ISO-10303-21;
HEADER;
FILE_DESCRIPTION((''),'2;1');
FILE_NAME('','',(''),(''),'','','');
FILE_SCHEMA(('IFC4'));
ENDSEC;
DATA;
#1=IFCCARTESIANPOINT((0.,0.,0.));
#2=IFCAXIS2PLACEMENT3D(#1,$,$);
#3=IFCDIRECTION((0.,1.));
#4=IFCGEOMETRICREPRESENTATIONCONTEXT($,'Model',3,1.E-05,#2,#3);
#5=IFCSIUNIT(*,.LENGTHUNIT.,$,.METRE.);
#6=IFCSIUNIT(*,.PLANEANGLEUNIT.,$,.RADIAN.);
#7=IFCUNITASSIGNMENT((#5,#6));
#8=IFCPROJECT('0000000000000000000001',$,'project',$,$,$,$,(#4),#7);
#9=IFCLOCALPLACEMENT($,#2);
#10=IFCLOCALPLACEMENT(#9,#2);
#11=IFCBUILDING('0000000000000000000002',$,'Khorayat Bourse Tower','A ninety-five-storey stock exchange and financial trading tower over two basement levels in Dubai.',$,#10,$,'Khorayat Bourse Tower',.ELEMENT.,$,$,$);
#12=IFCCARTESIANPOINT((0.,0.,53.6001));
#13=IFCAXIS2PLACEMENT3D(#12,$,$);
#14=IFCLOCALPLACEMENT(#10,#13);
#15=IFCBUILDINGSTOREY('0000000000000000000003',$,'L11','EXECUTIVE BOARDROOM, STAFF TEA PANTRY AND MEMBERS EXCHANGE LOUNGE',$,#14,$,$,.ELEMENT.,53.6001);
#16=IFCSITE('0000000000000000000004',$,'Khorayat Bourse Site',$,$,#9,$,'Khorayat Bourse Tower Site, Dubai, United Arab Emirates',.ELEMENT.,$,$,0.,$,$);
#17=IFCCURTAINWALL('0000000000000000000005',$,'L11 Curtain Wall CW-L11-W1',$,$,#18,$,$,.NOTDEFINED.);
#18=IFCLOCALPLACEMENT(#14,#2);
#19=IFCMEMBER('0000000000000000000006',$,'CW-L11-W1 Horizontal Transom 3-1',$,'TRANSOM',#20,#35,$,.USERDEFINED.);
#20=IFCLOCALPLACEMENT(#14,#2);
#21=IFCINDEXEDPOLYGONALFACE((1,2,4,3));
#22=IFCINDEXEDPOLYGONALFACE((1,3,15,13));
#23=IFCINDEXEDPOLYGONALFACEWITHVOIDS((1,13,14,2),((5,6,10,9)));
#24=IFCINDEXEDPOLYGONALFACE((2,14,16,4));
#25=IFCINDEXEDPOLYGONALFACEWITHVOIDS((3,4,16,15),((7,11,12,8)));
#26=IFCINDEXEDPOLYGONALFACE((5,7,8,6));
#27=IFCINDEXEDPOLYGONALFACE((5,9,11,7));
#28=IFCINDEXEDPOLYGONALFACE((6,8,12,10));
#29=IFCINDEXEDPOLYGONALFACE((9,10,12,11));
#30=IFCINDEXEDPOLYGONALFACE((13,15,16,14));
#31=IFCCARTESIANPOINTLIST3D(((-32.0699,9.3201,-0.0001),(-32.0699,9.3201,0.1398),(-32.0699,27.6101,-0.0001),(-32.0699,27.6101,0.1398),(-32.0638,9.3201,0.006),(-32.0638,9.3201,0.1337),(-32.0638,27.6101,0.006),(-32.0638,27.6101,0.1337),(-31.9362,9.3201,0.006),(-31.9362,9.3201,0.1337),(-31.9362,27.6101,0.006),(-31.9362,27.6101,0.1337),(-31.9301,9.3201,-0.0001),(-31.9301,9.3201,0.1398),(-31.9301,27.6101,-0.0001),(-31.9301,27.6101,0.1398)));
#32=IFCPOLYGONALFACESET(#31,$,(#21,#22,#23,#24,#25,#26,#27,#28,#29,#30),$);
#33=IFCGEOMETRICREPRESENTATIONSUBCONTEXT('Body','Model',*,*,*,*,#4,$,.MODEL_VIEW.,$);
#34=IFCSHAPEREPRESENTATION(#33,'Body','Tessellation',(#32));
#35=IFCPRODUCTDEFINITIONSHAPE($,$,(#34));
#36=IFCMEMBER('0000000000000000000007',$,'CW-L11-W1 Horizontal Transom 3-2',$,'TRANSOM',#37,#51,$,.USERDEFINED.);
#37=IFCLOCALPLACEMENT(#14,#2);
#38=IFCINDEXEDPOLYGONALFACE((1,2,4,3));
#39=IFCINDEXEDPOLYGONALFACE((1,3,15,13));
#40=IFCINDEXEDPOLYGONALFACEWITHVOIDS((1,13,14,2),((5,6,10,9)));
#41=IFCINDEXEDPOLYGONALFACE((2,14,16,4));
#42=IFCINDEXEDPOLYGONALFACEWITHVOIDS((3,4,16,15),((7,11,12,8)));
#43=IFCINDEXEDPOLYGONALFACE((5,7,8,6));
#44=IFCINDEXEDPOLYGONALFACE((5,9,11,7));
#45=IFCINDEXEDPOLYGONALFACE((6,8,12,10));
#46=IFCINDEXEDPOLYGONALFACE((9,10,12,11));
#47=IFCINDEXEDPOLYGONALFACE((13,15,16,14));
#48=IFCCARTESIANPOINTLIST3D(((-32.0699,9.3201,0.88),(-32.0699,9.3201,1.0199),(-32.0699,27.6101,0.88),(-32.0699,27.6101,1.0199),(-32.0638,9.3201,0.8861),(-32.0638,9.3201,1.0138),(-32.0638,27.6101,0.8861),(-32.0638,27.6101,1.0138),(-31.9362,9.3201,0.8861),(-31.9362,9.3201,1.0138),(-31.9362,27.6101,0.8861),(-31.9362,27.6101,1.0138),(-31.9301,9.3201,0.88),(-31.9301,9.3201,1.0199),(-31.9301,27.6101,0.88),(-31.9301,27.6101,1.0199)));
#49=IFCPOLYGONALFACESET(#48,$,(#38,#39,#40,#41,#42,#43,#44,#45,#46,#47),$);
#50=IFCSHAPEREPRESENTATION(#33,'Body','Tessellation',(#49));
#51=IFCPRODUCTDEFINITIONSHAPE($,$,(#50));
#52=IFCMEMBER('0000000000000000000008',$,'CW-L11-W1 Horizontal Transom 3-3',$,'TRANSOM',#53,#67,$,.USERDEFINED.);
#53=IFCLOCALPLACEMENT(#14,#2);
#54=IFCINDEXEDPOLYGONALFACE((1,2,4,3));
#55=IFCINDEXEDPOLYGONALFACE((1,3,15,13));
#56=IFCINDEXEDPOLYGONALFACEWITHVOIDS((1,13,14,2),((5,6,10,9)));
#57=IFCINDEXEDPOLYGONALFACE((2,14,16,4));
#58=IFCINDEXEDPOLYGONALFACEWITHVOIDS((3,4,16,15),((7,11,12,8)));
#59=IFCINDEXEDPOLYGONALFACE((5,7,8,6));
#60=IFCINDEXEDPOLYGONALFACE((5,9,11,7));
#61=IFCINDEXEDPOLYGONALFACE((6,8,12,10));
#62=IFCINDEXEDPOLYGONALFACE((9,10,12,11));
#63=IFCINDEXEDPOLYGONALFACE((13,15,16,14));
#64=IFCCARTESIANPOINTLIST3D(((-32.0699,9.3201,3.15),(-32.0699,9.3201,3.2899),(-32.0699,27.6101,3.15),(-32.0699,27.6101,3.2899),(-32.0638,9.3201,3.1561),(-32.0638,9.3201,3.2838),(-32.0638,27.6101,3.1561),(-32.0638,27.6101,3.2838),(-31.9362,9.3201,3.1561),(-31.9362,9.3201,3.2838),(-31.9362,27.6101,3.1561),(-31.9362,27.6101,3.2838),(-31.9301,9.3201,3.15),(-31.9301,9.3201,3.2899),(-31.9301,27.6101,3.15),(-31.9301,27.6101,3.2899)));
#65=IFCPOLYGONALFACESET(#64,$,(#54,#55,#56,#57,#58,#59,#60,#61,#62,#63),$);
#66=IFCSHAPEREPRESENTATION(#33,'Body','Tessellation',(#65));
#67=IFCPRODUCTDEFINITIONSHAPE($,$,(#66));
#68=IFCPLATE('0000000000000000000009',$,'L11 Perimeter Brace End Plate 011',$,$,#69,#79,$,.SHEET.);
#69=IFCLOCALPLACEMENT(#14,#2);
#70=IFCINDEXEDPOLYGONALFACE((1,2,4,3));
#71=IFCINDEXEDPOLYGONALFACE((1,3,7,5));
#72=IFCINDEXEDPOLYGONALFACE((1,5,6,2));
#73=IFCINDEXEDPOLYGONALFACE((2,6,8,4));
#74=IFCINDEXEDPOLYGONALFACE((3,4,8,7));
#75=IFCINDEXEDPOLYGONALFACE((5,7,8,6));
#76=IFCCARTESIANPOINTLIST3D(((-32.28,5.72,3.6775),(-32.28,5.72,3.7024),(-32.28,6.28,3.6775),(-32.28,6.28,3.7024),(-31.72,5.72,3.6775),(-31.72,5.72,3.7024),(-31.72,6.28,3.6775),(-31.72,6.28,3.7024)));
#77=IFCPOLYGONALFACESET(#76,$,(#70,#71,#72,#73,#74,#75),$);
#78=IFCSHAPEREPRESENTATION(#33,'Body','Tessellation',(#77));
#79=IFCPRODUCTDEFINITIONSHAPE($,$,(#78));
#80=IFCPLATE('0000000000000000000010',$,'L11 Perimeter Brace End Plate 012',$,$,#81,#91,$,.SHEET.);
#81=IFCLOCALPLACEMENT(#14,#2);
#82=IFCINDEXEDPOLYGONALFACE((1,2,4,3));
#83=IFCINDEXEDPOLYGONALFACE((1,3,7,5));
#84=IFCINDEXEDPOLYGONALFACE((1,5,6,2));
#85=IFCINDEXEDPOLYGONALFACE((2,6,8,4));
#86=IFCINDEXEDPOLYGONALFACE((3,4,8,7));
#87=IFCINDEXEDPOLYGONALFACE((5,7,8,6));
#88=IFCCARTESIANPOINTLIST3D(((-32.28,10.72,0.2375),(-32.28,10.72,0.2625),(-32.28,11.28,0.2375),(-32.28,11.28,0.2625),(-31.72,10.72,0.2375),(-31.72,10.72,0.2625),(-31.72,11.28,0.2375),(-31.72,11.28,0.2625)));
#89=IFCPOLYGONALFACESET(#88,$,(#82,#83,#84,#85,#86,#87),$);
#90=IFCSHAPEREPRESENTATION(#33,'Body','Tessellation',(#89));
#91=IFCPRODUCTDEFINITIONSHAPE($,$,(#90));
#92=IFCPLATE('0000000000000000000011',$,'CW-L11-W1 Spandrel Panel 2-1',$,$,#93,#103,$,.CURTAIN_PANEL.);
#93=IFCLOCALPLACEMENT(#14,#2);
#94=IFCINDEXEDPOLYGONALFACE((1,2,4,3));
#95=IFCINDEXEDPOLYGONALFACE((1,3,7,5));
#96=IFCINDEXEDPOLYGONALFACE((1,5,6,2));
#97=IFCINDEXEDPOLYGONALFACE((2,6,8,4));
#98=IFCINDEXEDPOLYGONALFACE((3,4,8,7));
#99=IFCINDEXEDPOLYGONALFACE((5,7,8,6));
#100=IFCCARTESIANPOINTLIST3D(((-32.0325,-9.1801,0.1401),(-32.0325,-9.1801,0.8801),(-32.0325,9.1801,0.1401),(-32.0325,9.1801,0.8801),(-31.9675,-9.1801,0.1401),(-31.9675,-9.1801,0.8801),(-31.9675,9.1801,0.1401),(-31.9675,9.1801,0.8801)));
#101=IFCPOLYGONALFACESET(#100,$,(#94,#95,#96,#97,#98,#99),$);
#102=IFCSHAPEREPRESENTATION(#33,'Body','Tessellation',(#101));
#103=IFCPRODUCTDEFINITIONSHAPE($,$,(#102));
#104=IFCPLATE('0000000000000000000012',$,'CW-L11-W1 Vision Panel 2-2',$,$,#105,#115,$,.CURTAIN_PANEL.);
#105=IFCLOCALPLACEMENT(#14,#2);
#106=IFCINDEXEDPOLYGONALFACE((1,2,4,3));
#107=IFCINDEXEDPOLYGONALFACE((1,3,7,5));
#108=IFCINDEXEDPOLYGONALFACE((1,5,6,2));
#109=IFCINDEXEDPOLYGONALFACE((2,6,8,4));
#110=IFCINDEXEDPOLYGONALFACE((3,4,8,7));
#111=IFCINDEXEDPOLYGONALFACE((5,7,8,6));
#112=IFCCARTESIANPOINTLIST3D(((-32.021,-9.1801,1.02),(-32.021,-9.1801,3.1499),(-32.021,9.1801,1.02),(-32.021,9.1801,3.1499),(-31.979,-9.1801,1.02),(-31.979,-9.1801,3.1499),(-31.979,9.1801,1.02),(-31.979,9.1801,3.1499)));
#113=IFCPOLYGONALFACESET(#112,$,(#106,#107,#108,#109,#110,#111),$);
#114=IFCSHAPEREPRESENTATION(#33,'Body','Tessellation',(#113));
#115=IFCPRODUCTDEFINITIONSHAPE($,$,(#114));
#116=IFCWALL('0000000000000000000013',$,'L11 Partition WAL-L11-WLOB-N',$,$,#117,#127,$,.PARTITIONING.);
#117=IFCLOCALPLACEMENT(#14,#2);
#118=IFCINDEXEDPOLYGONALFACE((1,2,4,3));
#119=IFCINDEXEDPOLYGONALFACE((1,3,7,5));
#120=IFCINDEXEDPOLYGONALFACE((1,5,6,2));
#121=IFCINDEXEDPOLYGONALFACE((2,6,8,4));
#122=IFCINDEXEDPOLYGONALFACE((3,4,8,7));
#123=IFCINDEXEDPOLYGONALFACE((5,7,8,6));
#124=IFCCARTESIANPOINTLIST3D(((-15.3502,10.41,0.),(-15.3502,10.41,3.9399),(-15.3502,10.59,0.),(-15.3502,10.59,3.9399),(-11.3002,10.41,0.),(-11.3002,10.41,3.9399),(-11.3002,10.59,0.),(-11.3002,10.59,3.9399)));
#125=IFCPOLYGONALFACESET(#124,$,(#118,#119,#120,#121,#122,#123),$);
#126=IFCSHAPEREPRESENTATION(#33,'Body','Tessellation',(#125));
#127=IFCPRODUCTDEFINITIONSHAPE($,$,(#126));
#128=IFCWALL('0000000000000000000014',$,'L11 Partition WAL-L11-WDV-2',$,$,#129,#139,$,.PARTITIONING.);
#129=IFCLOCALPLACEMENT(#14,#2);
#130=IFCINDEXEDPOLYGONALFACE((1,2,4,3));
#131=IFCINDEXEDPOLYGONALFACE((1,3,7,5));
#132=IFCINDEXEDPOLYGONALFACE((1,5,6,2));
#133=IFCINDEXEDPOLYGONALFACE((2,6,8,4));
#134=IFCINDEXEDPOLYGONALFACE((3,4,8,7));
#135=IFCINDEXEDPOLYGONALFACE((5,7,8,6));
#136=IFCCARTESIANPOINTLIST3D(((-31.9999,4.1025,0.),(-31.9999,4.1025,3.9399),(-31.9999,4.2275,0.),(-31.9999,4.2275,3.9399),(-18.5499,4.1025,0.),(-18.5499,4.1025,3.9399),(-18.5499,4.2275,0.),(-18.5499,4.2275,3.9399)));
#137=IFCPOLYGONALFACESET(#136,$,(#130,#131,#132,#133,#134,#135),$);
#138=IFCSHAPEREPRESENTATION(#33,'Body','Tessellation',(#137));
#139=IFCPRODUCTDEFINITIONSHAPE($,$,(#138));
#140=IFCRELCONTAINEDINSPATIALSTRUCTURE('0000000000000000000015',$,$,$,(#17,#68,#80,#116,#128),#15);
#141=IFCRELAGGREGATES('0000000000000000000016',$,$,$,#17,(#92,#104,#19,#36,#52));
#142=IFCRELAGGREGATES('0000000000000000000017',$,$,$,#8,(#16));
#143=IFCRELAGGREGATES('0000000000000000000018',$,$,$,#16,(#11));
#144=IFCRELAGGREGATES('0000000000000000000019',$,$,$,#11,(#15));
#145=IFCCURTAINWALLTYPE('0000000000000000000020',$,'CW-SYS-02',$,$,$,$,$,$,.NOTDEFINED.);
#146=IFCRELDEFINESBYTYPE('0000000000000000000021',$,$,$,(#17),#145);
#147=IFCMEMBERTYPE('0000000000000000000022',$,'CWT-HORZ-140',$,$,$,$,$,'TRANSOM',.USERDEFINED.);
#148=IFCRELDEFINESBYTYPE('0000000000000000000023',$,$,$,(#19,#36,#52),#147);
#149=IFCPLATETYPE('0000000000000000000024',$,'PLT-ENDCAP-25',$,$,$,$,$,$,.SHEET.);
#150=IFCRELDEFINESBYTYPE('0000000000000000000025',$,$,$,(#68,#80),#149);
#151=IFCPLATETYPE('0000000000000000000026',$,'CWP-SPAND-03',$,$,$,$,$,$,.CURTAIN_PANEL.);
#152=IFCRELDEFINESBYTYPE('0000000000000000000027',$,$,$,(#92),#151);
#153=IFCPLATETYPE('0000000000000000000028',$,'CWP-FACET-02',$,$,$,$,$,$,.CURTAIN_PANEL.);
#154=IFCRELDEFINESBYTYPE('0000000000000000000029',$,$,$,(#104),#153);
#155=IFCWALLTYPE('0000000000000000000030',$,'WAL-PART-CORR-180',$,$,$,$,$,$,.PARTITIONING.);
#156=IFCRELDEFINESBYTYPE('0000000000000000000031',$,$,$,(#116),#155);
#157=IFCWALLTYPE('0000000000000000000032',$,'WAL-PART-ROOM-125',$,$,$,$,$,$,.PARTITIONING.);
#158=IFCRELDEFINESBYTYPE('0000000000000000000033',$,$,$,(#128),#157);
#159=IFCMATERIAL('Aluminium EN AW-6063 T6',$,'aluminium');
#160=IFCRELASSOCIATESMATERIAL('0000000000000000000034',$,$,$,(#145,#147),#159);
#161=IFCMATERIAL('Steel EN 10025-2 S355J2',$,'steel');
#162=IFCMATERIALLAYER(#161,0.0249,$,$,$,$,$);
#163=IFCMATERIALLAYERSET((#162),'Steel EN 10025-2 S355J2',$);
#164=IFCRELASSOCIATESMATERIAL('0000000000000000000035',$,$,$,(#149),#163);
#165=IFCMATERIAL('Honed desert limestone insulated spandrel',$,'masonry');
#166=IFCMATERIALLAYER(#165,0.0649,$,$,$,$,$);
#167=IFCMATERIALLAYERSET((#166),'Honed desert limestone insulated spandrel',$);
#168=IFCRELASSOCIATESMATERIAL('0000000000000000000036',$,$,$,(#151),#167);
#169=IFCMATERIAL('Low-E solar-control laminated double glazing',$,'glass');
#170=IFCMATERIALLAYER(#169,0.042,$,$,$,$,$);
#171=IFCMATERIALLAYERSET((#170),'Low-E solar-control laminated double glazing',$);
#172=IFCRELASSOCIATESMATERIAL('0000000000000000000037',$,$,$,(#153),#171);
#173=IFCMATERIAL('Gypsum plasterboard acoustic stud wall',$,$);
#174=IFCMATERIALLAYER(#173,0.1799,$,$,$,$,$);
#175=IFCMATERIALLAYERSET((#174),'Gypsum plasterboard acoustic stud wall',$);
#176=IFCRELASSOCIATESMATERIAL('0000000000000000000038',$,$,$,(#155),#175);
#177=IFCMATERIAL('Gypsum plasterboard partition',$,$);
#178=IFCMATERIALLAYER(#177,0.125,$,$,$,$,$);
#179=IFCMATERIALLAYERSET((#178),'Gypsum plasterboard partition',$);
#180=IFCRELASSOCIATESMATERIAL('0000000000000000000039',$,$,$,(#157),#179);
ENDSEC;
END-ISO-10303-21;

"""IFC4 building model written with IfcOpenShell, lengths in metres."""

from ifc_helpers import new_model, si_unit, direction, frame, frame_2d, origin, origin_2d, place, context, subcontext, project, spatial, rectangle, hollow_rectangle, extrude, source, transform, mapped, material, layer, layer_set, material_profile, profile_set, type_object, element, aggregate, save


model = new_model("IFC4")

# Units and contexts
model_context = context("Model", 3, precision=1e-05, world=origin(), true_north=direction((0.0, 1.0)))
body_context = subcontext(model_context, "Body", "Model", "MODEL_VIEW")
ifc_project = project(units=[si_unit("LENGTHUNIT", "METRE"), si_unit("PLANEANGLEUNIT", "RADIAN")], contexts=[model_context])

# Site, building, storey
site_placement = place(None, origin())
site = spatial("IfcSite", under=ifc_project, at=site_placement, Name="Khorayat Bourse Site", LongName="Khorayat Bourse Tower Site, Dubai, United Arab Emirates", CompositionType="ELEMENT", RefElevation=0.0)
building_placement = place(site_placement, origin())
building = spatial("IfcBuilding", under=site, at=building_placement, Name="Khorayat Bourse Tower", Description="A ninety-five-storey stock exchange and financial trading tower over two basement levels in Dubai.", LongName="Khorayat Bourse Tower", CompositionType="ELEMENT")
storey_placement = place(building_placement, frame((0.0, 0.0, 53.6001)))
storey = spatial("IfcBuildingStorey", under=building, at=storey_placement, Name="L11", Description="EXECUTIVE BOARDROOM, STAFF TEA PANTRY AND MEMBERS EXCHANGE LOUNGE", CompositionType="ELEMENT", Elevation=53.6001)

# Curtain wall, members
ifc_material_1 = material(Name="Aluminium EN AW-6063 T6", Category="aluminium")
curtain_wall_type = type_object("IfcCurtainWallType", Name="CW-SYS-02", PredefinedType="NOTDEFINED", material=ifc_material_1)
curtain_wall_placement = place(storey_placement, origin())
curtain_wall = element("IfcCurtainWall", 1, at=curtain_wall_placement, inside=storey, type_object=curtain_wall_type, Name="L11 Curtain Wall CW-L11-W1", PredefinedType="NOTDEFINED")
ifc_material_profile_1 = material_profile(ifc_material_1, hollow_rectangle(XDim=0.1399, YDim=0.1399, WallThickness=0.0061, at=origin_2d()), Name="ALU 140x140x6")
ifc_profile_set_1 = profile_set([ifc_material_profile_1], Name="Aluminium EN AW-6063 T6")
member_type_1 = type_object("IfcMemberType", Name="CWT-HORZ-140", ElementType="TRANSOM", PredefinedType="USERDEFINED", material=ifc_profile_set_1)
shared_shape_1 = source(origin(), body_context, "Body", "SweptSolid", [
    extrude(hollow_rectangle(XDim=0.1399, YDim=0.1399, WallThickness=0.0061, at=origin_2d()), origin(), (0.0, 0.0, 1.0), 18.29),
])
member_1_placement = place(storey_placement, frame((-32.0, 9.3201, 0.0698), z_axis=(0.0, 1.0, 0.0), x_axis=(-1.0, 0.0, 0.0)))
member_1 = element("IfcMember", 2, at=member_1_placement, type_object=member_type_1, Name="CW-L11-W1 Horizontal Transom 3-1", ObjectType="TRANSOM", PredefinedType="USERDEFINED", context=body_context, shape_type="MappedRepresentation", body=[
    mapped(shared_shape_1, transform((0.0, 0.0, 0.0), scale=1.0)),
])
member_2_placement = place(storey_placement, frame((-32.0, 9.3201, 0.95), z_axis=(0.0, 1.0, 0.0), x_axis=(-1.0, 0.0, 0.0)))
member_2 = element("IfcMember", 3, at=member_2_placement, type_object=member_type_1, Name="CW-L11-W1 Horizontal Transom 3-2", ObjectType="TRANSOM", PredefinedType="USERDEFINED", context=body_context, shape_type="MappedRepresentation", body=[
    mapped(shared_shape_1, transform((0.0, 0.0, 0.0), scale=1.0)),
])
member_3_placement = place(storey_placement, frame((-32.0, 9.3201, 3.22), z_axis=(0.0, 1.0, 0.0), x_axis=(-1.0, 0.0, 0.0)))
member_3 = element("IfcMember", 4, at=member_3_placement, type_object=member_type_1, Name="CW-L11-W1 Horizontal Transom 3-3", ObjectType="TRANSOM", PredefinedType="USERDEFINED", context=body_context, shape_type="MappedRepresentation", body=[
    mapped(shared_shape_1, transform((0.0, 0.0, 0.0), scale=1.0)),
])

# Plates
ifc_material_2 = material(Name="Steel EN 10025-2 S355J2", Category="steel")
ifc_layer_1 = layer(ifc_material_2, 0.0249)
ifc_layer_set_1 = layer_set([ifc_layer_1], Name="Steel EN 10025-2 S355J2")
plate_type_1 = type_object("IfcPlateType", Name="PLT-ENDCAP-25", PredefinedType="SHEET", material=ifc_layer_set_1)
shared_shape_2 = source(origin(), body_context, "Body", "SweptSolid", [
    extrude(rectangle(XDim=0.5601, YDim=0.5601, at=origin_2d()), origin(), (0.0, 0.0, 1.0), 0.0249),
])
for number, where, z_axis, x_axis, name in (
    (5, (-32.0, 6.0, 3.6775), (0.0, 0.0, 1.0), (1.0, 0.0, 0.0), "L11 Perimeter Brace End Plate 011"),
    (6, (-32.0, 11.0, 0.2375), (0.0, 0.0, 1.0), (1.0, 0.0, 0.0), "L11 Perimeter Brace End Plate 012"),
):
    element("IfcPlate", number, at=place(storey_placement, frame(where, z_axis=z_axis, x_axis=x_axis)), inside=storey, type_object=plate_type_1, Name=name, PredefinedType="SHEET", context=body_context, shape_type="MappedRepresentation", body=[
        mapped(shared_shape_2, transform((0.0, 0.0, 0.0), scale=1.0)),
    ])

# Plates
ifc_material_3 = material(Name="Honed desert limestone insulated spandrel", Category="masonry")
ifc_layer_2 = layer(ifc_material_3, 0.0649)
ifc_layer_set_2 = layer_set([ifc_layer_2], Name="Honed desert limestone insulated spandrel")
plate_type_2 = type_object("IfcPlateType", Name="CWP-SPAND-03", PredefinedType="CURTAIN_PANEL", material=ifc_layer_set_2)
shared_shape_3 = source(origin(), body_context, "Body", "SweptSolid", [
    extrude(rectangle(XDim=18.3601, YDim=0.0649, at=origin_2d()), origin(), (0.0, 0.0, 1.0), 0.74),
])
plate_1_placement = place(storey_placement, frame((-32.0, 0.0, 0.1401), z_axis=(0.0, 0.0, 1.0), x_axis=(0.0, 1.0, 0.0)))
plate_1 = element("IfcPlate", 7, at=plate_1_placement, type_object=plate_type_2, Name="CW-L11-W1 Spandrel Panel 2-1", PredefinedType="CURTAIN_PANEL", context=body_context, shape_type="MappedRepresentation", body=[
    mapped(shared_shape_3, transform((0.0, 0.0, 0.0), scale=1.0)),
])
ifc_material_4 = material(Name="Low-E solar-control laminated double glazing", Category="glass")
ifc_layer_3 = layer(ifc_material_4, 0.042)
ifc_layer_set_3 = layer_set([ifc_layer_3], Name="Low-E solar-control laminated double glazing")
plate_type_3 = type_object("IfcPlateType", Name="CWP-FACET-02", PredefinedType="CURTAIN_PANEL", material=ifc_layer_set_3)
shared_shape_4 = source(origin(), body_context, "Body", "SweptSolid", [
    extrude(rectangle(XDim=18.3601, YDim=0.042, at=origin_2d()), origin(), (0.0, 0.0, 1.0), 2.1299),
])
plate_2_placement = place(storey_placement, frame((-32.0, 0.0, 1.02), z_axis=(0.0, 0.0, 1.0), x_axis=(0.0, 1.0, 0.0)))
plate_2 = element("IfcPlate", 8, at=plate_2_placement, type_object=plate_type_3, Name="CW-L11-W1 Vision Panel 2-2", PredefinedType="CURTAIN_PANEL", context=body_context, shape_type="MappedRepresentation", body=[
    mapped(shared_shape_4, transform((0.0, 0.0, 0.0), scale=1.0)),
])
aggregate(curtain_wall, [plate_1, plate_2, member_1, member_2, member_3])

# Walls
ifc_material_5 = material(Name="Gypsum plasterboard acoustic stud wall")
ifc_layer_4 = layer(ifc_material_5, 0.1799)
ifc_layer_set_4 = layer_set([ifc_layer_4], Name="Gypsum plasterboard acoustic stud wall")
wall_type_1 = type_object("IfcWallType", Name="WAL-PART-CORR-180", PredefinedType="PARTITIONING", material=ifc_layer_set_4)
shared_shape_5 = source(origin(), body_context, "Body", "SweptSolid", [
    extrude(rectangle(XDim=4.05, YDim=0.1799, at=frame_2d((2.0249, 0.0))), origin(), (0.0, 0.0, 1.0), 3.9399),
])
wall_1_placement = place(storey_placement, frame((-15.3501, 10.5, 0.0), z_axis=(0.0, 0.0, 1.0), x_axis=(1.0, 0.0, 0.0)))
element("IfcWall", 9, at=wall_1_placement, inside=storey, type_object=wall_type_1, Name="L11 Partition WAL-L11-WLOB-N", PredefinedType="PARTITIONING", context=body_context, shape_type="MappedRepresentation", body=[
    mapped(shared_shape_5, transform((0.0, 0.0, 0.0), scale=1.0)),
])
ifc_material_6 = material(Name="Gypsum plasterboard partition")
ifc_layer_5 = layer(ifc_material_6, 0.125)
ifc_layer_set_5 = layer_set([ifc_layer_5], Name="Gypsum plasterboard partition")
wall_type_2 = type_object("IfcWallType", Name="WAL-PART-ROOM-125", PredefinedType="PARTITIONING", material=ifc_layer_set_5)
shared_shape_6 = source(origin(), body_context, "Body", "SweptSolid", [
    extrude(rectangle(XDim=13.45, YDim=0.125, at=frame_2d((6.7251, 0.0))), origin(), (0.0, 0.0, 1.0), 3.9399),
])
wall_2_placement = place(storey_placement, frame((-32.0, 4.165, 0.0), z_axis=(0.0, 0.0, 1.0), x_axis=(1.0, 0.0, 0.0)))
element("IfcWall", 10, at=wall_2_placement, inside=storey, type_object=wall_type_2, Name="L11 Partition WAL-L11-WDV-2", PredefinedType="PARTITIONING", context=body_context, shape_type="MappedRepresentation", body=[
    mapped(shared_shape_6, transform((0.0, 0.0, 0.0), scale=1.0)),
])

save(model, "model.ifc")
